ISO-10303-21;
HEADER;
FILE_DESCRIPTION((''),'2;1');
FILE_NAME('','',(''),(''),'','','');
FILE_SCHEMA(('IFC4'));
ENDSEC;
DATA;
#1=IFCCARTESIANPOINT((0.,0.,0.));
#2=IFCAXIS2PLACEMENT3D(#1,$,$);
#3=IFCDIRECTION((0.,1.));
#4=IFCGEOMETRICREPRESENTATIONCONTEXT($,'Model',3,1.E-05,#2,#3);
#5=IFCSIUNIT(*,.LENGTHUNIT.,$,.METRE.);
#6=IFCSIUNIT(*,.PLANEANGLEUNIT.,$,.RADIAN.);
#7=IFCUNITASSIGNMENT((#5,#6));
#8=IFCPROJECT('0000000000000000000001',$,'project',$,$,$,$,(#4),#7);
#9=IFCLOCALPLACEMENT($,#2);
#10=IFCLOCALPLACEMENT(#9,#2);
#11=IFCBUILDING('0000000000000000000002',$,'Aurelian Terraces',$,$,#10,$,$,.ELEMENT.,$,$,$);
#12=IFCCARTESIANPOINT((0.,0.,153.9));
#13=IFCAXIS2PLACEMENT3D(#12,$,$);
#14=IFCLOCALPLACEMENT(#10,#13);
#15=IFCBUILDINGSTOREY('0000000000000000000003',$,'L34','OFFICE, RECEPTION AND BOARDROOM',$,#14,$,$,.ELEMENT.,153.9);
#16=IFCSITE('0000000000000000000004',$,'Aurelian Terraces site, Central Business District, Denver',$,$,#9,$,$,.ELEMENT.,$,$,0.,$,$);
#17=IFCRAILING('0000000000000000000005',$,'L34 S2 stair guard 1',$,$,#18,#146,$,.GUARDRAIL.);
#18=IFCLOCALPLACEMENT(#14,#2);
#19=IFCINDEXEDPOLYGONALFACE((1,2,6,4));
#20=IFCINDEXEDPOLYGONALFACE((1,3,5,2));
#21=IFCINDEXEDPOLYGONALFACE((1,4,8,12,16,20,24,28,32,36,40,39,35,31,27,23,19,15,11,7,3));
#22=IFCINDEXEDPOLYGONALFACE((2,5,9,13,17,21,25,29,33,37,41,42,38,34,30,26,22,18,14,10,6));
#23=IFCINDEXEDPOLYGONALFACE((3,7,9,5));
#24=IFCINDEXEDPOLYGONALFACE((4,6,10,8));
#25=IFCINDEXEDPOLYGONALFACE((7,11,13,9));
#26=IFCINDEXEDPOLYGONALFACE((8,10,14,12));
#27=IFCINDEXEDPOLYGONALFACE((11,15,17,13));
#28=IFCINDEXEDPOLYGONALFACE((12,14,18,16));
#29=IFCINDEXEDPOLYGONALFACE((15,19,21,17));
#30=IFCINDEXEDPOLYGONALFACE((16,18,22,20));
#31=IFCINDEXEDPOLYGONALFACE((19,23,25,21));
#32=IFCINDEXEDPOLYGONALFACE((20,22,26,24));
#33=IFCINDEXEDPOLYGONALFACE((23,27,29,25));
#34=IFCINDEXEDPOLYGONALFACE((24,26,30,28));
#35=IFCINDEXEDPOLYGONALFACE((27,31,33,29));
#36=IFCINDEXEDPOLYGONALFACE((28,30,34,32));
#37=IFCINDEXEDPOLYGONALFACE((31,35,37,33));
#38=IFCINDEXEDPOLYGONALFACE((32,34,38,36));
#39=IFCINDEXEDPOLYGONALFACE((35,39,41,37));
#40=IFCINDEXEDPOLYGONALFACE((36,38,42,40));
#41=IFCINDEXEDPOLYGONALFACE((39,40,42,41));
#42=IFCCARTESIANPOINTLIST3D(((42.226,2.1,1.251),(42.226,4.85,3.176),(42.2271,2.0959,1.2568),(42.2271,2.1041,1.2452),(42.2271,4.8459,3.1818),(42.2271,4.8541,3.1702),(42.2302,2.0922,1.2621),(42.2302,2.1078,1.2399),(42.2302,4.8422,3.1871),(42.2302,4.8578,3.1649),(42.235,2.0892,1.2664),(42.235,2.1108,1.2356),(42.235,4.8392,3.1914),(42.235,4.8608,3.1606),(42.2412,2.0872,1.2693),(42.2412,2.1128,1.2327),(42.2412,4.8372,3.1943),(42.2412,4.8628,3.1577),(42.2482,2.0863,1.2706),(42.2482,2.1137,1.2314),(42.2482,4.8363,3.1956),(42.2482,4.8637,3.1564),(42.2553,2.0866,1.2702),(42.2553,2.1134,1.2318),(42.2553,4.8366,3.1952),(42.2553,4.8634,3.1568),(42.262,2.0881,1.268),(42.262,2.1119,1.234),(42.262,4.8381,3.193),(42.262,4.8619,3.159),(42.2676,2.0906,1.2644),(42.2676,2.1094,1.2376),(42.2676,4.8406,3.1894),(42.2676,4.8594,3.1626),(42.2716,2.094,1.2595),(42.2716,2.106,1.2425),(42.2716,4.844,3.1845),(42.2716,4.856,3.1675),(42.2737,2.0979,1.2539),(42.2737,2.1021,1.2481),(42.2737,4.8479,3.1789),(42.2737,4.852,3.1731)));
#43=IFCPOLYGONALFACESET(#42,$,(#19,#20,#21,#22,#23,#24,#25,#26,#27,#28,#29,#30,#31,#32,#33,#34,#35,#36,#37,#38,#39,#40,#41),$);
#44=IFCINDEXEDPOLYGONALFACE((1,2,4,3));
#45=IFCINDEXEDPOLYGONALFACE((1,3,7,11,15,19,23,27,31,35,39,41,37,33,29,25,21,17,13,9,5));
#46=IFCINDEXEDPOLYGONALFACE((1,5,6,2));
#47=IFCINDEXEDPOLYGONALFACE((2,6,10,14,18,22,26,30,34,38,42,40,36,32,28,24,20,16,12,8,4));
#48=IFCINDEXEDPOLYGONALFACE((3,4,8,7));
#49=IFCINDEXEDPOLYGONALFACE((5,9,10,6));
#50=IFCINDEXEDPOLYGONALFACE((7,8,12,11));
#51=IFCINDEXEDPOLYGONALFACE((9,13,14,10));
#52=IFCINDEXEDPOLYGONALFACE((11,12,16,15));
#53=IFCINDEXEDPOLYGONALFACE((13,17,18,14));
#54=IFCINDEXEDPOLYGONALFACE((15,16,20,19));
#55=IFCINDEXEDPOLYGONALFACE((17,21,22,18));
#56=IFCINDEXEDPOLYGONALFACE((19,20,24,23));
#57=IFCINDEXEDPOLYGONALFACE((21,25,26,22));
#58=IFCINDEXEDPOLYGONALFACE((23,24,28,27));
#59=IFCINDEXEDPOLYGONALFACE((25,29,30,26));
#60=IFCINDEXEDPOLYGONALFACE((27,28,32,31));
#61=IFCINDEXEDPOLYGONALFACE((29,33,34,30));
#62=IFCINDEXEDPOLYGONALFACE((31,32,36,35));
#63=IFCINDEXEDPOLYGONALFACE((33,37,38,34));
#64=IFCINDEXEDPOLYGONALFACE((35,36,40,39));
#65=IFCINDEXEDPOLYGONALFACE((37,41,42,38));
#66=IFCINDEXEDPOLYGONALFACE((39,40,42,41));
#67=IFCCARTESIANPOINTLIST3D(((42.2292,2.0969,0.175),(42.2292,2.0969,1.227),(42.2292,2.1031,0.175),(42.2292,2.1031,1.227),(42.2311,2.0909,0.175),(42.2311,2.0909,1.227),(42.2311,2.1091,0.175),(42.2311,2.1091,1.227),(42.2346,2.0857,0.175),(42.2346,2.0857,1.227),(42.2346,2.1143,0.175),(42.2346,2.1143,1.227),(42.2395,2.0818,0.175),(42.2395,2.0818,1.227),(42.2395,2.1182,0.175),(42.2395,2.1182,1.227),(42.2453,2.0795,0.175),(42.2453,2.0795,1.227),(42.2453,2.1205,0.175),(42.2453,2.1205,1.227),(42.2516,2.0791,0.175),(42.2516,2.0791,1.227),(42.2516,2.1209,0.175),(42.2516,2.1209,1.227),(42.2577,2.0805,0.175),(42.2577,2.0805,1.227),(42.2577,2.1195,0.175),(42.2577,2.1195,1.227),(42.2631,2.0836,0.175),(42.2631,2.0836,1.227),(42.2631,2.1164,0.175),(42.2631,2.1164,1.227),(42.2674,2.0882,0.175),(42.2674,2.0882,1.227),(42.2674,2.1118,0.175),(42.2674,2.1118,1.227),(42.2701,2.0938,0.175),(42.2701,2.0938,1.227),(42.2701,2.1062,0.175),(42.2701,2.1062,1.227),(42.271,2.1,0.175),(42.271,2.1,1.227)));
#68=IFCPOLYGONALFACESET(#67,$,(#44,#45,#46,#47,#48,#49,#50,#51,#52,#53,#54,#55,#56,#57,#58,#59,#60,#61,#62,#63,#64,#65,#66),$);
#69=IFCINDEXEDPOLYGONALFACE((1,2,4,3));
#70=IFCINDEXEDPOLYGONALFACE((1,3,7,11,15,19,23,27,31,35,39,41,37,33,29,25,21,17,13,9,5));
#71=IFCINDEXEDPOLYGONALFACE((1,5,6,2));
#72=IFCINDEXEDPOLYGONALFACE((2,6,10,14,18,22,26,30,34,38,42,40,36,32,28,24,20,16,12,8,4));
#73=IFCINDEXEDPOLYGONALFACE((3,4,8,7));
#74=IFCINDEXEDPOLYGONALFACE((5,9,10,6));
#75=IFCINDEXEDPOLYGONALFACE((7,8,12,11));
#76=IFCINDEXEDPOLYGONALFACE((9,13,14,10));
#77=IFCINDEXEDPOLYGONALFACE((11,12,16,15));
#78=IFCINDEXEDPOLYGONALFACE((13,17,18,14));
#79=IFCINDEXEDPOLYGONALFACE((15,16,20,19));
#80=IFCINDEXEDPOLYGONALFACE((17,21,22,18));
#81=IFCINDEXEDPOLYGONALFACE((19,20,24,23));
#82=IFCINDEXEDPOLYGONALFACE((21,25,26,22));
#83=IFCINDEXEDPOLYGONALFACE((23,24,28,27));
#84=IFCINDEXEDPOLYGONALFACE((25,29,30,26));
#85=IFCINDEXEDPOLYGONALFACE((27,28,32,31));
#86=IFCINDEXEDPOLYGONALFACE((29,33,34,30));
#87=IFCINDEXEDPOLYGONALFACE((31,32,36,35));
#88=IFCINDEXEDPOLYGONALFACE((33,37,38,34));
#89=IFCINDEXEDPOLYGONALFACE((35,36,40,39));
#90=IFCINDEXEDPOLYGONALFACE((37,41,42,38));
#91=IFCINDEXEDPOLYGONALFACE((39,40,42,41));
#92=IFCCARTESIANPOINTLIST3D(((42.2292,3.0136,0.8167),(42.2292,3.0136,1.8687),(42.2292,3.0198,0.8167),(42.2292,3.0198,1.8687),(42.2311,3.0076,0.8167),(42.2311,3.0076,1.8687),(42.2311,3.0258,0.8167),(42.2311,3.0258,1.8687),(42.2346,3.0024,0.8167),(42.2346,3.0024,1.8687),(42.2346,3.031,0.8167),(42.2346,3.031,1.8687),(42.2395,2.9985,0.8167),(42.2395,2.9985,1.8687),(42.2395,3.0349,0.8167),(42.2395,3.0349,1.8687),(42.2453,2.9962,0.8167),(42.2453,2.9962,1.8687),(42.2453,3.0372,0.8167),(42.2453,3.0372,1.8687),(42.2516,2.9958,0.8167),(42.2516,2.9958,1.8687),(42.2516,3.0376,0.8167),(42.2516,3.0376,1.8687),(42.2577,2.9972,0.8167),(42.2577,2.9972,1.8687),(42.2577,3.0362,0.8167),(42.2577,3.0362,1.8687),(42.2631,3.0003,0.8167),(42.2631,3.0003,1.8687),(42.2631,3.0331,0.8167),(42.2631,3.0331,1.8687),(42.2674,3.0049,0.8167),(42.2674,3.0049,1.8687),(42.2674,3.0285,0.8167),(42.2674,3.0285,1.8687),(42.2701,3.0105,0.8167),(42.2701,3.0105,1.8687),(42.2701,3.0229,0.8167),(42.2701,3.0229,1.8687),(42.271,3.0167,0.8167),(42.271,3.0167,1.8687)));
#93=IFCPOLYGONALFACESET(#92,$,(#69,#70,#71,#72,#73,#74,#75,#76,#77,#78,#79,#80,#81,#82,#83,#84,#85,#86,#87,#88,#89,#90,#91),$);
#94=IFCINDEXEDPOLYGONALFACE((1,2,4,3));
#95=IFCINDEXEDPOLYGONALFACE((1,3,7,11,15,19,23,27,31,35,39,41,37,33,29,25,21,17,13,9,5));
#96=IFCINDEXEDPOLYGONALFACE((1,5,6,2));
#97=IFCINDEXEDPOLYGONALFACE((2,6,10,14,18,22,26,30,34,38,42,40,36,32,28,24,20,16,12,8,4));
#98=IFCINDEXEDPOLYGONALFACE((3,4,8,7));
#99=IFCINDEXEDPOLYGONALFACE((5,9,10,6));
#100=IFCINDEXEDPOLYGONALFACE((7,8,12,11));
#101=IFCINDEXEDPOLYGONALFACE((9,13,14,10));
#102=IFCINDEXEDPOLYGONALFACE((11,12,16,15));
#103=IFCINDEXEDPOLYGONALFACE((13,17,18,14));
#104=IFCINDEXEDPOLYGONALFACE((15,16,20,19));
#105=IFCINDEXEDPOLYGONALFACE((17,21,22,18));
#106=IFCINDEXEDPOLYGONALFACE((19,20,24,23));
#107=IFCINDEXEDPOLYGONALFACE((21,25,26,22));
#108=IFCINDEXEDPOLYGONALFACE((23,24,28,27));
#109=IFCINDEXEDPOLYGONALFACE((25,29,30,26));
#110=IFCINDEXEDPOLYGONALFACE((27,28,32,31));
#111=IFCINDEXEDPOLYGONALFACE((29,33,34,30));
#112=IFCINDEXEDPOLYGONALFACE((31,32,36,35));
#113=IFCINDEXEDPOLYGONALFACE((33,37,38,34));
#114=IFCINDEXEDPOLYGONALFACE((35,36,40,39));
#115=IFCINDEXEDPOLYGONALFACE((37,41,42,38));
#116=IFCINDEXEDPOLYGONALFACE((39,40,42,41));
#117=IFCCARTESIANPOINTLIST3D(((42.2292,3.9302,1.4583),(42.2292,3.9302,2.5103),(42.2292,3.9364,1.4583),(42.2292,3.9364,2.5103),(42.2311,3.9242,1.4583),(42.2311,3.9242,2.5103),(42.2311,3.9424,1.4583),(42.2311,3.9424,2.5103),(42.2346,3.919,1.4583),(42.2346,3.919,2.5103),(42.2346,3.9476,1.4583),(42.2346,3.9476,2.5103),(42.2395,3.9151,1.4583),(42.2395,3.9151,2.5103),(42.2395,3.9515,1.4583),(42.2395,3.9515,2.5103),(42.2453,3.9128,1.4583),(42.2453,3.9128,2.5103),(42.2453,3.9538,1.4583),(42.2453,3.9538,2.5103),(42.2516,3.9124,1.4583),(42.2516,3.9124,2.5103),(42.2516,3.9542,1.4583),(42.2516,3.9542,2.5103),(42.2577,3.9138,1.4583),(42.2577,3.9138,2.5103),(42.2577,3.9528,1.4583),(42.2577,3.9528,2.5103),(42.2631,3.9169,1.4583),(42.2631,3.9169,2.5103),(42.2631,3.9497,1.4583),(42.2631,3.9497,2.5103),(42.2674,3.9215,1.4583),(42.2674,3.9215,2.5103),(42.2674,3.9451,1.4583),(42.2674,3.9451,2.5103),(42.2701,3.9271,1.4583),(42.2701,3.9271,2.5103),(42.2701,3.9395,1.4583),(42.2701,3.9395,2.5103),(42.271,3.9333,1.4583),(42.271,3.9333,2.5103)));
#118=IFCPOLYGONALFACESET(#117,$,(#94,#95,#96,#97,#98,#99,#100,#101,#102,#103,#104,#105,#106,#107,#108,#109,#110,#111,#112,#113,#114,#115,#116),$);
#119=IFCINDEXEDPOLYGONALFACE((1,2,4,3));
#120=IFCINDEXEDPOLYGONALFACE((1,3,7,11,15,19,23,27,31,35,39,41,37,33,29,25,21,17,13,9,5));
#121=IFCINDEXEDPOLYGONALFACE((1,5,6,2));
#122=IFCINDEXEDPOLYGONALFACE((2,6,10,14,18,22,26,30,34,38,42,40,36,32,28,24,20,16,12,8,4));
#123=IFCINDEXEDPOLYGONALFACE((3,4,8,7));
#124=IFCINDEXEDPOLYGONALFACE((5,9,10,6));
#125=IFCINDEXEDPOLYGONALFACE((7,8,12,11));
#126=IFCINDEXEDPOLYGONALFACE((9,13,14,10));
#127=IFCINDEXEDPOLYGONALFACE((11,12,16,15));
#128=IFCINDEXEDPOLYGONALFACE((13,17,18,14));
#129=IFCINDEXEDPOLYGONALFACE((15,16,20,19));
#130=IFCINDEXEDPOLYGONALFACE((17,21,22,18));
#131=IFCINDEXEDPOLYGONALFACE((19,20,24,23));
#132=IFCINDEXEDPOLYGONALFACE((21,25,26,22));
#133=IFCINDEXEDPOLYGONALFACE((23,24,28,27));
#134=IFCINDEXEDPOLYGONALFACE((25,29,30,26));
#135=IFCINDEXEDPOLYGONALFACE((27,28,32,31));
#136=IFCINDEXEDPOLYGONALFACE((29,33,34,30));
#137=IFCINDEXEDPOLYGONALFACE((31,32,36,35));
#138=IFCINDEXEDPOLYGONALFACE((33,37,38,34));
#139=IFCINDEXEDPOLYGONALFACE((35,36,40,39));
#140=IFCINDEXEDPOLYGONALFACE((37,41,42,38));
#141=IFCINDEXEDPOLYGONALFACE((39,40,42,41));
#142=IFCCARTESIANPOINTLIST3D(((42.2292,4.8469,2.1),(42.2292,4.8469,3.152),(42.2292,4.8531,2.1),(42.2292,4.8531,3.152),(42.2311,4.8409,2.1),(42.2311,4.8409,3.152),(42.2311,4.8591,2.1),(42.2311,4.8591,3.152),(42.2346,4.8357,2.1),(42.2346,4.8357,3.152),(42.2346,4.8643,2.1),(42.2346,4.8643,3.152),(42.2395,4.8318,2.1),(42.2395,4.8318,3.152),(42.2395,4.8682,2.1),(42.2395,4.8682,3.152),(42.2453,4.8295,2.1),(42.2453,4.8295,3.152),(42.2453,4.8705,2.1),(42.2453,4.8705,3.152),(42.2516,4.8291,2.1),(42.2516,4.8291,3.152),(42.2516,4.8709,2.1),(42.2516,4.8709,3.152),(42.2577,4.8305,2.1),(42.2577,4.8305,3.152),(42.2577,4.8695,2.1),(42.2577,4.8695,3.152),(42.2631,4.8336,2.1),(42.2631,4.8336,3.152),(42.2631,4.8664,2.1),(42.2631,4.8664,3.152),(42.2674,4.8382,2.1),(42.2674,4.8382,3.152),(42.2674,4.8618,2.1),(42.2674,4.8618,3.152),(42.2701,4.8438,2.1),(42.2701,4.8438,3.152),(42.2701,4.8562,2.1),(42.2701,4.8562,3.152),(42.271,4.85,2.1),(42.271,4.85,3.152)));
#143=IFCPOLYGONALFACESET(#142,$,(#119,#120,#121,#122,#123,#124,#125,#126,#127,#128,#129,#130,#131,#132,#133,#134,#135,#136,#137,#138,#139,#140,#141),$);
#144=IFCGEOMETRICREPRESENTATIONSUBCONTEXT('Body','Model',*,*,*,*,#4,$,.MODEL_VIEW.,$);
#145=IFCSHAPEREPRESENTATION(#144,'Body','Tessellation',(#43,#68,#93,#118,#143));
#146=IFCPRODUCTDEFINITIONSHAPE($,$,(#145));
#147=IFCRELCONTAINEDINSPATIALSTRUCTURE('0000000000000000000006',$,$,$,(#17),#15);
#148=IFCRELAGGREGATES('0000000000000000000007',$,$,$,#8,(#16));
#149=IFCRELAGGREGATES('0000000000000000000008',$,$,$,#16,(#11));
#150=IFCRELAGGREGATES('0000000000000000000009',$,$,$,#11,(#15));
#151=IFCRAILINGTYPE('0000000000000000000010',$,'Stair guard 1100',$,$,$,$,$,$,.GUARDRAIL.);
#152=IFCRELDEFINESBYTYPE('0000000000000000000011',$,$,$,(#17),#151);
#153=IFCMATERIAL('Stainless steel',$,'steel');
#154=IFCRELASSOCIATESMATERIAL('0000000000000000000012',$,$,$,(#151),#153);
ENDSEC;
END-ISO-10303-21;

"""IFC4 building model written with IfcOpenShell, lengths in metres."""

from ifc_helpers import new_model, si_unit, direction, frame, origin, origin_2d, place, context, subcontext, project, spatial, circle, extrude, source, transform, mapped, material, type_object, element, save


model = new_model("IFC4")

# Units and contexts
model_context = context("Model", 3, precision=1e-05, world=origin(), true_north=direction((0.0, 1.0)))
body_context = subcontext(model_context, "Body", "Model", "MODEL_VIEW")
ifc_project = project(units=[si_unit("LENGTHUNIT", "METRE"), si_unit("PLANEANGLEUNIT", "RADIAN")], contexts=[model_context])

# Site, building, storey
site_placement = place(None, origin())
site = spatial("IfcSite", under=ifc_project, at=site_placement, Name="Aurelian Terraces site, Central Business District, Denver", CompositionType="ELEMENT", RefElevation=0.0)
building_placement = place(site_placement, origin())
building = spatial("IfcBuilding", under=site, at=building_placement, Name="Aurelian Terraces", CompositionType="ELEMENT")
storey_placement = place(building_placement, frame((0.0, 0.0, 153.9)))
storey = spatial("IfcBuildingStorey", under=building, at=storey_placement, Name="L34", Description="OFFICE, RECEPTION AND BOARDROOM", CompositionType="ELEMENT", Elevation=153.9)

# Railing
ifc_material_1 = material(Name="Stainless steel", Category="steel")
railing_type_1 = type_object("IfcRailingType", Name="Stair guard 1100", PredefinedType="GUARDRAIL", material=ifc_material_1)
shared_shape_1 = source(origin(), body_context, "Body", "SweptSolid", [
    extrude(circle(Radius=0.024, at=origin_2d()), frame((0.0, 0.0, 1.076), z_axis=(0.0, 0.819232, 0.573462), x_axis=(-1.0, 0.0, 0.0)), (0.0, 0.0, 1.0), 3.3568),
    extrude(circle(Radius=0.021, at=origin_2d()), origin(), (0.0, 0.0, 1.0), 1.052),
    extrude(circle(Radius=0.021, at=origin_2d()), frame((0.0, 0.9167, 0.6417)), (0.0, 0.0, 1.0), 1.052),
    extrude(circle(Radius=0.021, at=origin_2d()), frame((0.0, 1.8333, 1.2833)), (0.0, 0.0, 1.0), 1.052),
    extrude(circle(Radius=0.021, at=origin_2d()), frame((0.0, 2.75, 1.925)), (0.0, 0.0, 1.0), 1.052),
])
railing_1_placement = place(storey_placement, frame((42.25, 2.1, 0.175)))
element("IfcRailing", 1, at=railing_1_placement, inside=storey, type_object=railing_type_1, Name="L34 S2 stair guard 1", PredefinedType="GUARDRAIL", context=body_context, shape_type="MappedRepresentation", body=[
    mapped(shared_shape_1, transform((0.0, 0.0, 0.0), scale=1.0)),
])

save(model, "model.ifc")
